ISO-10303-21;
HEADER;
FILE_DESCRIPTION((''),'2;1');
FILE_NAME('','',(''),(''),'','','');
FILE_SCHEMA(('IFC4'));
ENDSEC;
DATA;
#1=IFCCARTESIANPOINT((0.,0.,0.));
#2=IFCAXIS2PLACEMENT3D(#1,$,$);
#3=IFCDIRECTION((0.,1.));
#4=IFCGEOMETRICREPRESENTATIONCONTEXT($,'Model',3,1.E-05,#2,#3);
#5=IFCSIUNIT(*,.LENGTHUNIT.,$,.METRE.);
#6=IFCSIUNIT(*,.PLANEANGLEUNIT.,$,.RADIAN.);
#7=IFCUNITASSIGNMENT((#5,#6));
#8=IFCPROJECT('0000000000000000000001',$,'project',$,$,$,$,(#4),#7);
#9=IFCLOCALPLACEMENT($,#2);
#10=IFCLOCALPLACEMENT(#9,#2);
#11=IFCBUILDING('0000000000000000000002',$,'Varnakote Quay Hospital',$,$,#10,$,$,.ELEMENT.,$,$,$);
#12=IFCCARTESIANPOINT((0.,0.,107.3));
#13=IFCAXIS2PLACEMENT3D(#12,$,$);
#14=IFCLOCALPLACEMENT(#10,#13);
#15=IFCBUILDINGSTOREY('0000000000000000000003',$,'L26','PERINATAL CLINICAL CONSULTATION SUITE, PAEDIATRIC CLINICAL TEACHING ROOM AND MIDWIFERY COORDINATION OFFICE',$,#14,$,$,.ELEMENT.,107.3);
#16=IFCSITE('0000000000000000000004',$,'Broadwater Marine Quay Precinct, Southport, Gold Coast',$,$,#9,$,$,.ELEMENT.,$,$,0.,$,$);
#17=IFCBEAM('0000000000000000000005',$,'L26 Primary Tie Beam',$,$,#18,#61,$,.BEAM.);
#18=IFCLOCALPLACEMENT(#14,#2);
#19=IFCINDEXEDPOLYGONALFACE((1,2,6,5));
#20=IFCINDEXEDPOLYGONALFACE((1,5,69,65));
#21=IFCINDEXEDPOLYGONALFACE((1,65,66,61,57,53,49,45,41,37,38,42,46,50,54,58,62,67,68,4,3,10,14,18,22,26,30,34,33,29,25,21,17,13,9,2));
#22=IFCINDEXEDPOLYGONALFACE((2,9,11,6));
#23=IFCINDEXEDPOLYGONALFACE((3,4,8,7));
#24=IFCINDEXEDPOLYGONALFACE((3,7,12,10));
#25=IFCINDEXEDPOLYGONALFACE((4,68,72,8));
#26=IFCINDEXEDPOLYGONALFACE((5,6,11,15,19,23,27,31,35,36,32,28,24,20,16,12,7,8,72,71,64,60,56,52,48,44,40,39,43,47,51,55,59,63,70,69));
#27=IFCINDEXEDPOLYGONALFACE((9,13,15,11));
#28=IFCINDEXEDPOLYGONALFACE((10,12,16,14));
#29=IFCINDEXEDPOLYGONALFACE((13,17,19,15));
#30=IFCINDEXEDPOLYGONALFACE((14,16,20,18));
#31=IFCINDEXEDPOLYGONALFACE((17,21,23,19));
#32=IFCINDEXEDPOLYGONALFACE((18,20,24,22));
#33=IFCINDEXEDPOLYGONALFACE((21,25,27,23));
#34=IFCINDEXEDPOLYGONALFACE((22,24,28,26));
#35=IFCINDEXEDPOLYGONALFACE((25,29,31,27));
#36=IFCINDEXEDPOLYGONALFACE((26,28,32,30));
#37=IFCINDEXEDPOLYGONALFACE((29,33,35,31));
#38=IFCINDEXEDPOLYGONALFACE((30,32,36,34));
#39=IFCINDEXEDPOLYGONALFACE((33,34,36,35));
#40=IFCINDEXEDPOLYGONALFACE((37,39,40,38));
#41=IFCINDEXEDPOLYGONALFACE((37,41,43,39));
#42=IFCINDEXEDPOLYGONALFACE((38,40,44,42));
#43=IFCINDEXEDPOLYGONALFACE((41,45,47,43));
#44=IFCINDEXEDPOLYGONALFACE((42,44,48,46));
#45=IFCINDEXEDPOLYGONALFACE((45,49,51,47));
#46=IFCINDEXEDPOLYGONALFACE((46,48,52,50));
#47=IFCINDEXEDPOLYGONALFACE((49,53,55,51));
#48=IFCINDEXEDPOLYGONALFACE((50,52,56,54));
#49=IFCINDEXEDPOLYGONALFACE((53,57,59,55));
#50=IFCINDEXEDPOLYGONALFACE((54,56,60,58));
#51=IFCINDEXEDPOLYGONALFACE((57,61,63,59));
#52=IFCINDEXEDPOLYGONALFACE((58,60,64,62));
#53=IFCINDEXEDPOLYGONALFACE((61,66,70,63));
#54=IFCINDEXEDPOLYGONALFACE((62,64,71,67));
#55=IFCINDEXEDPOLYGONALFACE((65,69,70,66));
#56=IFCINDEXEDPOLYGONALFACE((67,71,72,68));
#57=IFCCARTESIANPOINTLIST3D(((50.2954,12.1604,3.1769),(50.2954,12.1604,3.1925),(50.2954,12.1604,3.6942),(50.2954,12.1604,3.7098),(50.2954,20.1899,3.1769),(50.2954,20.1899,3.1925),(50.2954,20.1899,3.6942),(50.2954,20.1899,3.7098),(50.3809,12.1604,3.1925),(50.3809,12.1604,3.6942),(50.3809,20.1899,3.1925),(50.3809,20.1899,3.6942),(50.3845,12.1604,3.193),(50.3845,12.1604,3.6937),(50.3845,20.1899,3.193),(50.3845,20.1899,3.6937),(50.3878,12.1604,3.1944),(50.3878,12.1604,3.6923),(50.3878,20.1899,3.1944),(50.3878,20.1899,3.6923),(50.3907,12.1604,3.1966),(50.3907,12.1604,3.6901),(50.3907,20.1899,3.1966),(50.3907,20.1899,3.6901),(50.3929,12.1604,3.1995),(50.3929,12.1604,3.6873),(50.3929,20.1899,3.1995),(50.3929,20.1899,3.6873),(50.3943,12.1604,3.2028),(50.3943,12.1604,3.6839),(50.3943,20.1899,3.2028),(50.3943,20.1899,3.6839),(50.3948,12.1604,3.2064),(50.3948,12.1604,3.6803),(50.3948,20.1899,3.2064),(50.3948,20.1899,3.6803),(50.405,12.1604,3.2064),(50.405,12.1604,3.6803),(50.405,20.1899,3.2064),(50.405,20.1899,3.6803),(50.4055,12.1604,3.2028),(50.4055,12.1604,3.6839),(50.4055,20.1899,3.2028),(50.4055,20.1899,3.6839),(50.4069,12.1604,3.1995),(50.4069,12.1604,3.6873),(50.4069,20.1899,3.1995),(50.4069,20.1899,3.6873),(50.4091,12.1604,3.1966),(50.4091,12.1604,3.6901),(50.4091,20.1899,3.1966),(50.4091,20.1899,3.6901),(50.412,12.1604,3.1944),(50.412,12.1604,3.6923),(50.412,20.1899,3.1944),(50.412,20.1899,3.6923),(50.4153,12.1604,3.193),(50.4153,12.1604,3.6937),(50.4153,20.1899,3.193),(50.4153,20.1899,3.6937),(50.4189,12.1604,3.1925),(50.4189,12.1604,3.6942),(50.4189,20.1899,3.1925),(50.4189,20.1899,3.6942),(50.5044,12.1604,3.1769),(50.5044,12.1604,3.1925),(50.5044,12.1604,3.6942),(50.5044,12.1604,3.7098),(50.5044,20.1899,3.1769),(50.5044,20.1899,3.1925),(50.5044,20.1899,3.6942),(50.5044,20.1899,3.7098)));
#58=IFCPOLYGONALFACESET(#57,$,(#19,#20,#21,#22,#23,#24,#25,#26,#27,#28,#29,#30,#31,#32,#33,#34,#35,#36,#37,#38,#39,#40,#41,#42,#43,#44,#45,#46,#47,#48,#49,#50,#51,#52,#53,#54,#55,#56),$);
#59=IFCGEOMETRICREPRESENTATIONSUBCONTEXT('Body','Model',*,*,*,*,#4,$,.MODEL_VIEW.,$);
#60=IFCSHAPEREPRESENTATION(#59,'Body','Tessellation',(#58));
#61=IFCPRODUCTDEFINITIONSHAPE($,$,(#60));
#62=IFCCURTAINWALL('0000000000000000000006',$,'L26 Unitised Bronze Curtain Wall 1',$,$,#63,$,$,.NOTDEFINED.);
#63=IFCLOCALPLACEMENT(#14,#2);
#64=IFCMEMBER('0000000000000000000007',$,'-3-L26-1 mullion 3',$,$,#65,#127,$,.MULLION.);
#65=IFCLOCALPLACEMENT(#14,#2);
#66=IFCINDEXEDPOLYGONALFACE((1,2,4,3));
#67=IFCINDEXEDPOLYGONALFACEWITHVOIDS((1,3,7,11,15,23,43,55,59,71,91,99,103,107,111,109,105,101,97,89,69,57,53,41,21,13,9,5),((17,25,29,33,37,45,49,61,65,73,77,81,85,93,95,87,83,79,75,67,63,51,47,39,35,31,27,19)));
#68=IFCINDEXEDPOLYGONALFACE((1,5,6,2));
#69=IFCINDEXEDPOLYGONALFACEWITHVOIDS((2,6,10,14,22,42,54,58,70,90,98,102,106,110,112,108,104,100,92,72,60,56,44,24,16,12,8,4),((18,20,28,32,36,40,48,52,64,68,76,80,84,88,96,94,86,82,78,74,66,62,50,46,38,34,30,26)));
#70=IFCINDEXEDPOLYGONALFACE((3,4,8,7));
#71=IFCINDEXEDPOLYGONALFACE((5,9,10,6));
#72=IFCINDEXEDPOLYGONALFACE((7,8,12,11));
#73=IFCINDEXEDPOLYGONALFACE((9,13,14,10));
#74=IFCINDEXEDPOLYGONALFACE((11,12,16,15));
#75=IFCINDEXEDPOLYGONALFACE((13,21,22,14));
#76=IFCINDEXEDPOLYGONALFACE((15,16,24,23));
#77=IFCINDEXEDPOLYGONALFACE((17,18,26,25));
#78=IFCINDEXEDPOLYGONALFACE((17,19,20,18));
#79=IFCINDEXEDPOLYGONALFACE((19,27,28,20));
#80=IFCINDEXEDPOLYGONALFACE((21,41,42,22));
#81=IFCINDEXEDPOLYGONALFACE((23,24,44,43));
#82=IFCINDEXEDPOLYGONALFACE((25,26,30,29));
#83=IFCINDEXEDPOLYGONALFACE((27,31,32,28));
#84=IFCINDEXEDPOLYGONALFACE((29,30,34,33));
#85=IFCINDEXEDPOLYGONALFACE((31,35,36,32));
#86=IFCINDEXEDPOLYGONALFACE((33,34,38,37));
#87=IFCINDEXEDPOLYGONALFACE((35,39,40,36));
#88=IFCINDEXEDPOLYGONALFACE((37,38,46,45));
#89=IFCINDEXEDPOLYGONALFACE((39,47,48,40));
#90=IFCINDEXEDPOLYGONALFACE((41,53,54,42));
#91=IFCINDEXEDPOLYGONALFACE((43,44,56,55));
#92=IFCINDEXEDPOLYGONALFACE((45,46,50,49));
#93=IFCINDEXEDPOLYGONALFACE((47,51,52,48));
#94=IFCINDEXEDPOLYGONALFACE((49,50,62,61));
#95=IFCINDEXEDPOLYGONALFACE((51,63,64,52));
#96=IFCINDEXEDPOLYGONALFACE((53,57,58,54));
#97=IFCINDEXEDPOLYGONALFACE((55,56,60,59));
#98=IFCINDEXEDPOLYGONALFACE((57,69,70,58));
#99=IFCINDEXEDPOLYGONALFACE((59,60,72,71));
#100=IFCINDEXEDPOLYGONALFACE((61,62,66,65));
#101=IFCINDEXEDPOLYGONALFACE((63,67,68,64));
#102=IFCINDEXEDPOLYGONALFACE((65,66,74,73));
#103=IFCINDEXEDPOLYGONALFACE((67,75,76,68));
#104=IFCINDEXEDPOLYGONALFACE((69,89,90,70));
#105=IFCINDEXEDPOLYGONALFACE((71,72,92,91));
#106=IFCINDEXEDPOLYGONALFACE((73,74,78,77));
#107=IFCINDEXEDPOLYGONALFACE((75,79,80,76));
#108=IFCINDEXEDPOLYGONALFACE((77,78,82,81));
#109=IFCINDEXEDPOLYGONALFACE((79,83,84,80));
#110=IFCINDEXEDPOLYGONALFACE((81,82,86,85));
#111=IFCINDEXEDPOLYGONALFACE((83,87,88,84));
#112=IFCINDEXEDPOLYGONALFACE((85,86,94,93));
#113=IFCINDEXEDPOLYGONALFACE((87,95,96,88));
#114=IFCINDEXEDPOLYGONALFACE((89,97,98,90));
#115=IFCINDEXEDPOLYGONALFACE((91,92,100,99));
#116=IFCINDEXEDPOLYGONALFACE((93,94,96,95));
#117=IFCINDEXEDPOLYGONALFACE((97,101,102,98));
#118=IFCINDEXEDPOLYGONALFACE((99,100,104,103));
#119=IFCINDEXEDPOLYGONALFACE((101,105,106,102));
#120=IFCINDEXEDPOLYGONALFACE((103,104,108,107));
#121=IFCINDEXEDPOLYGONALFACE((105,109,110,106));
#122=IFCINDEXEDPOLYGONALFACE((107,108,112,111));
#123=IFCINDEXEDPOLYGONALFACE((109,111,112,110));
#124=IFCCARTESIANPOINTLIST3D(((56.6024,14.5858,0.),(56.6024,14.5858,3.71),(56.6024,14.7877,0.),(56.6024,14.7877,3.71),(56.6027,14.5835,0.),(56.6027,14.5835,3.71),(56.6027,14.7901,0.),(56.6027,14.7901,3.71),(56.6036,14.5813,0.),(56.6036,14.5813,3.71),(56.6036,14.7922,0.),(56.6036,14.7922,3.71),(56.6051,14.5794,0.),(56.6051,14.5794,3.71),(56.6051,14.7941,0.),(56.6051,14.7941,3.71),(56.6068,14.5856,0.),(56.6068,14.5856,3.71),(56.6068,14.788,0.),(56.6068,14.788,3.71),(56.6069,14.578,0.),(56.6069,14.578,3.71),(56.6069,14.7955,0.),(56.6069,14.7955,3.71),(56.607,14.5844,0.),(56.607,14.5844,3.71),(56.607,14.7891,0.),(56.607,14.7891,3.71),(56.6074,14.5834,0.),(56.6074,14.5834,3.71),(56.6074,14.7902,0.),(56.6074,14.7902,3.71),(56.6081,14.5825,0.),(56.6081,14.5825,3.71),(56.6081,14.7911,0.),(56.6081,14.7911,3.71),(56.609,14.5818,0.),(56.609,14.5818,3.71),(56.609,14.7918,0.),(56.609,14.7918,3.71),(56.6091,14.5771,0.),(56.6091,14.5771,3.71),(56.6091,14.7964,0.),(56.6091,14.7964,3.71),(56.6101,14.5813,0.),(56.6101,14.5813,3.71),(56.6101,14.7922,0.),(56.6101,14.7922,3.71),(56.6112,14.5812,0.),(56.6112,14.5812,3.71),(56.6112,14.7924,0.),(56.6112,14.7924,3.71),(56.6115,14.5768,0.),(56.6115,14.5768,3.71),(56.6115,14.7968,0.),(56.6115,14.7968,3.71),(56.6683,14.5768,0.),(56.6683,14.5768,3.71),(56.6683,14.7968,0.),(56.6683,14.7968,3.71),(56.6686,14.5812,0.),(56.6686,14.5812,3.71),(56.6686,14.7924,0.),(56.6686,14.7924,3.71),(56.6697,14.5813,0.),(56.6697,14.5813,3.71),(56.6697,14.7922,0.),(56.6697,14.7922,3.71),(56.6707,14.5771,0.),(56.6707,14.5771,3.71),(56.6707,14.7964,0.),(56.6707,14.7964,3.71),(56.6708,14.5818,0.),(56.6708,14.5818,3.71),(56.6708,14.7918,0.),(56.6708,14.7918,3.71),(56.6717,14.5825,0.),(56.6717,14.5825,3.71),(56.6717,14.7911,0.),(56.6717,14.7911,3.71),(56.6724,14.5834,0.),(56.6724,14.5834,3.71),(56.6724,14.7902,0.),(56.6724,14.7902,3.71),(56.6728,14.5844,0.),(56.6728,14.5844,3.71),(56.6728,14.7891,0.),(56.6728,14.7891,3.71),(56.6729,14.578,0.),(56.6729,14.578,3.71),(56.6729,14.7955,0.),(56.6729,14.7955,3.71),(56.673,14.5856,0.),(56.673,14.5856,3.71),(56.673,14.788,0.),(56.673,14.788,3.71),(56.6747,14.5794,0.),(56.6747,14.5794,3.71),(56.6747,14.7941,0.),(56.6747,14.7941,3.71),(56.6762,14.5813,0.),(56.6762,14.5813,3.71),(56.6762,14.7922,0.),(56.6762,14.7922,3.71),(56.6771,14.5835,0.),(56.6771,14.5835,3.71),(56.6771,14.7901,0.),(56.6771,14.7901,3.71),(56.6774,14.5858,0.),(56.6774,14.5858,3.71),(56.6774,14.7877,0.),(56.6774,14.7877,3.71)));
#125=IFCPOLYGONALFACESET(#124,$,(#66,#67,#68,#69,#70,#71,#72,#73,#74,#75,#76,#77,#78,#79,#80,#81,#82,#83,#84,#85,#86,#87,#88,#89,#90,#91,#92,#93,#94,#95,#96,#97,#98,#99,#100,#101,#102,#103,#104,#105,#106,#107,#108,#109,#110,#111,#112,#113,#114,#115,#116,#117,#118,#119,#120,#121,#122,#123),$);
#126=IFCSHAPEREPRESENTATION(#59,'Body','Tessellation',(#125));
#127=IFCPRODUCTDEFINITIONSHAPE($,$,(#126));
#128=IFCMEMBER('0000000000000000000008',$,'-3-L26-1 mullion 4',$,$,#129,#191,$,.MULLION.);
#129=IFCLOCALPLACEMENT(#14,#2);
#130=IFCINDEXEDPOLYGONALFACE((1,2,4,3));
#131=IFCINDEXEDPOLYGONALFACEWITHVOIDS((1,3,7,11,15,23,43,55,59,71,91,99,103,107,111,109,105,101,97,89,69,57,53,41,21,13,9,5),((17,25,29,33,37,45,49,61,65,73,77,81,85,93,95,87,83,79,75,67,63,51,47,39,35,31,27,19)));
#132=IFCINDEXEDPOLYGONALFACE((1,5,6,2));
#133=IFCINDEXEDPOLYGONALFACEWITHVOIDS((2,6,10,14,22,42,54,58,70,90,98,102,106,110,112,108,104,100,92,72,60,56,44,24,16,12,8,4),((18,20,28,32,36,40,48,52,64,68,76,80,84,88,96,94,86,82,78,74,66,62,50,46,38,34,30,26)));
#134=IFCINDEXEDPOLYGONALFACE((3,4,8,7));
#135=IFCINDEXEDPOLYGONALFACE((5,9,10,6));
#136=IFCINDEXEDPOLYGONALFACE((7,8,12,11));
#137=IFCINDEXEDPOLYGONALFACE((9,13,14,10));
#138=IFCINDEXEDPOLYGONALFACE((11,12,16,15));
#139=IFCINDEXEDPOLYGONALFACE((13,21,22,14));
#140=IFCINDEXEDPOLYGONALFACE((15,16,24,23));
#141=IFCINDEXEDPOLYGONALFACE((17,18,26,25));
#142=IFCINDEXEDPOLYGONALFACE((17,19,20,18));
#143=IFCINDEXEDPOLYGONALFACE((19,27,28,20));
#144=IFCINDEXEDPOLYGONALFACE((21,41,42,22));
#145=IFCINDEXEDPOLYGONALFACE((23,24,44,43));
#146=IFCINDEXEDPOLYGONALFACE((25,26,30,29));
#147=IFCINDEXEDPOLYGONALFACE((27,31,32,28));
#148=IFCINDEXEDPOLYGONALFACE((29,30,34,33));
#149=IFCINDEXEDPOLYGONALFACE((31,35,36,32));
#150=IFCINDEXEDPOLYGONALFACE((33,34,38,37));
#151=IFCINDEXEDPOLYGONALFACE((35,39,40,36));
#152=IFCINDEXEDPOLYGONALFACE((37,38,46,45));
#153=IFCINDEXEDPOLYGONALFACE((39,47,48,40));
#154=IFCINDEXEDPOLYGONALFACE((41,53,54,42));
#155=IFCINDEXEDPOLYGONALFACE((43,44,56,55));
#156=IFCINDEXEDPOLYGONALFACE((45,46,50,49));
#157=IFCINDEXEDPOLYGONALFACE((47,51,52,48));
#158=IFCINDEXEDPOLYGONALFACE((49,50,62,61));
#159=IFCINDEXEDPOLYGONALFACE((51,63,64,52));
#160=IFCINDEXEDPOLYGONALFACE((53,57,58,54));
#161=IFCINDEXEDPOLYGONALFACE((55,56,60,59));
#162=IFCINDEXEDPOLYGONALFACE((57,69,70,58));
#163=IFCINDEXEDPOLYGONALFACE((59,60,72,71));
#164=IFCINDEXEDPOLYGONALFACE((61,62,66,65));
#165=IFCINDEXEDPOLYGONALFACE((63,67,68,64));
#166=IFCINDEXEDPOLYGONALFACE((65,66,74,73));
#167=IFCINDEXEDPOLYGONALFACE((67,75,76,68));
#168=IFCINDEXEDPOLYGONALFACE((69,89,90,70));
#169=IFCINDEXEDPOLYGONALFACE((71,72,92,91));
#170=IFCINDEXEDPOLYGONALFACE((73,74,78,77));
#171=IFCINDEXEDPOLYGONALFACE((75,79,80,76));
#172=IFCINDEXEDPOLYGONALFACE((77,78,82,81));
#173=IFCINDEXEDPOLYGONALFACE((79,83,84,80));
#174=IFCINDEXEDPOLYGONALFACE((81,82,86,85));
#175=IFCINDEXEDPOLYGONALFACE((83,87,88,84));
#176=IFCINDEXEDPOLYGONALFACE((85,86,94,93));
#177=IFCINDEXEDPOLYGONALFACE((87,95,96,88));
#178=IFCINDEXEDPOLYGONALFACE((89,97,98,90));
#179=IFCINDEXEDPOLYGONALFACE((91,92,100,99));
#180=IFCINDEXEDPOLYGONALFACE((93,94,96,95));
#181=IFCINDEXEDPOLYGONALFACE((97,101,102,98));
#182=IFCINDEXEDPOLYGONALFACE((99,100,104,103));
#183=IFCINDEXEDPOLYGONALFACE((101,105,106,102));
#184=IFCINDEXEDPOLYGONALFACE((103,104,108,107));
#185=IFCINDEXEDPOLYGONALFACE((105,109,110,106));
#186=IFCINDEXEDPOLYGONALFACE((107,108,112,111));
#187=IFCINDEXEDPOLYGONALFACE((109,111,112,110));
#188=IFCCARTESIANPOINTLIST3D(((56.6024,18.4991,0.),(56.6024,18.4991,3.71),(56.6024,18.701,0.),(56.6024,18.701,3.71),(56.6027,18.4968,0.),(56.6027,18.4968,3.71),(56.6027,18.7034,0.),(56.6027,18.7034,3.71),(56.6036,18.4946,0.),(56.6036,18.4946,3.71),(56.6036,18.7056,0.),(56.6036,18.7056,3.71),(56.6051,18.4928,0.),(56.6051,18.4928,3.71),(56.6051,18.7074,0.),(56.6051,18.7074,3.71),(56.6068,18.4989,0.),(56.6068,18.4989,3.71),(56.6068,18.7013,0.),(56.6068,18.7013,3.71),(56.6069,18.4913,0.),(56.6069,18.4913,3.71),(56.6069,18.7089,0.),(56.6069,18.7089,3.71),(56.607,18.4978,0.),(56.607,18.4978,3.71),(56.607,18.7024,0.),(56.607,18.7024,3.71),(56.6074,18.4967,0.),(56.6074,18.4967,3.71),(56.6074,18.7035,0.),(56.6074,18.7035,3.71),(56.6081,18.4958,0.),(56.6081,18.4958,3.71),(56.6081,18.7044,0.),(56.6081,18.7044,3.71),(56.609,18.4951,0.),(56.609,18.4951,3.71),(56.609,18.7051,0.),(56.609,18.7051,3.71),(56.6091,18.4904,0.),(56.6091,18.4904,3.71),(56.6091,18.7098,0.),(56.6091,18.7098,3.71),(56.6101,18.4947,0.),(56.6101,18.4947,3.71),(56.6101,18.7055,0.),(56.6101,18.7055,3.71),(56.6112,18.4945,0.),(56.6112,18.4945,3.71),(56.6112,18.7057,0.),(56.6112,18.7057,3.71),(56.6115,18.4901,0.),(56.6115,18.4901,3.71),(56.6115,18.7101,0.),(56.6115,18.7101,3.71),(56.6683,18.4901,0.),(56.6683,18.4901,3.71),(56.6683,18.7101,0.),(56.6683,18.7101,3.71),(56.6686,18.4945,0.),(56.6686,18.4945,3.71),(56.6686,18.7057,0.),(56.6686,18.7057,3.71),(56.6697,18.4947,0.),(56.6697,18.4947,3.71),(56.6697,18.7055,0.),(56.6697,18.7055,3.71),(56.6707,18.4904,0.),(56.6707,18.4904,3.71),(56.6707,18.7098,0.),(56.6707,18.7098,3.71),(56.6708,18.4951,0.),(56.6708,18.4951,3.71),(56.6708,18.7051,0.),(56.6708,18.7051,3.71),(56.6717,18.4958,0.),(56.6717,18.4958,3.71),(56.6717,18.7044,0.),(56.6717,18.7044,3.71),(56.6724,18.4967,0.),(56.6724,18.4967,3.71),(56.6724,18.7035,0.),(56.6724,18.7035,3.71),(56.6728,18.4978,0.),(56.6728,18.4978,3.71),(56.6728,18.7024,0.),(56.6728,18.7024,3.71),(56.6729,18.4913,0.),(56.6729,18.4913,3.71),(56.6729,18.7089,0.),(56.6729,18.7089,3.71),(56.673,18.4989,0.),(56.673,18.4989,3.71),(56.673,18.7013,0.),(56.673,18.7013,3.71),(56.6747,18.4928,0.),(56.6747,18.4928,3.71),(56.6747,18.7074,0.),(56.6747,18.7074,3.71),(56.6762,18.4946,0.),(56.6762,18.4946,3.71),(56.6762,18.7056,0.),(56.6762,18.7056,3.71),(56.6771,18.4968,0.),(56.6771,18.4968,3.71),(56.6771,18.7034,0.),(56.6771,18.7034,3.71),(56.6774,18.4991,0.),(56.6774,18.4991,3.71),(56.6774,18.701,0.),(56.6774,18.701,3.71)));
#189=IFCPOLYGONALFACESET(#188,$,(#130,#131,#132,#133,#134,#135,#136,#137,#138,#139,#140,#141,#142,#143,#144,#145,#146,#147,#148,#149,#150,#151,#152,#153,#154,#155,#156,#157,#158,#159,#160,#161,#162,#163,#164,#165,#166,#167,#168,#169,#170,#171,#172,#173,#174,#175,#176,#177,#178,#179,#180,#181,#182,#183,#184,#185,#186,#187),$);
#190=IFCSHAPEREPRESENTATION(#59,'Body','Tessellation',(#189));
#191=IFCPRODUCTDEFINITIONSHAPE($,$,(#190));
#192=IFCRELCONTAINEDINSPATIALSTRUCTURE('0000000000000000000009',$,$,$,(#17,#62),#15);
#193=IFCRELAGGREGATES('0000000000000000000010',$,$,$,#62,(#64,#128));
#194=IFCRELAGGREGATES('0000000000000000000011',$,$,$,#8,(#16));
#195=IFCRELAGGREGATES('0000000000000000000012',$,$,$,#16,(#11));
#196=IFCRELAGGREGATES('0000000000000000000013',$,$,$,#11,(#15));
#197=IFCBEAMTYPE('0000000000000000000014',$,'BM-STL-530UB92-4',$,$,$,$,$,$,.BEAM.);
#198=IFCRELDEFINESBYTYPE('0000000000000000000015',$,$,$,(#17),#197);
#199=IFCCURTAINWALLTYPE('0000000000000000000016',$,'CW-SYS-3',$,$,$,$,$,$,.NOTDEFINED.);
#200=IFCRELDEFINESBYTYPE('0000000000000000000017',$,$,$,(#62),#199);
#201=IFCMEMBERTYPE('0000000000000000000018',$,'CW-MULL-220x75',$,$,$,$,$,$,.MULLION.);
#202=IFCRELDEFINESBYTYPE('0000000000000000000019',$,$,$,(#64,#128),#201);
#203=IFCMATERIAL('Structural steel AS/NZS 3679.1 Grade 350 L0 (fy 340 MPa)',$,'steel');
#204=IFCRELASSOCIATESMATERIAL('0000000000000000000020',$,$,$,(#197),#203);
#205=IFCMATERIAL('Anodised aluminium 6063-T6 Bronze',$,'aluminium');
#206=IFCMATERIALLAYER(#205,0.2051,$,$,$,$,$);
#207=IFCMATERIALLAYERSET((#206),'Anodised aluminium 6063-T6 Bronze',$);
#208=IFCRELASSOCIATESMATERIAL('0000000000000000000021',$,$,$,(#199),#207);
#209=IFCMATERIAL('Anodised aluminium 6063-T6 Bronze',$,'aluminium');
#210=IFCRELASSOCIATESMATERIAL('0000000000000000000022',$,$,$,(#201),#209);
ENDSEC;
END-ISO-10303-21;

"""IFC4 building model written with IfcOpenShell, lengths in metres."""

from ifc_helpers import new_model, si_unit, direction, frame, origin, origin_2d, place, context, subcontext, project, spatial, hollow_rectangle, i_section, extrude, material, layer, layer_set, material_profile, profile_set, type_object, element, aggregate, save


model = new_model("IFC4")

# Units and contexts
model_context = context("Model", 3, precision=1e-05, world=origin(), true_north=direction((0.0, 1.0)))
body_context = subcontext(model_context, "Body", "Model", "MODEL_VIEW")
ifc_project = project(units=[si_unit("LENGTHUNIT", "METRE"), si_unit("PLANEANGLEUNIT", "RADIAN")], contexts=[model_context])

# Site, building, storey
site_placement = place(None, origin())
site = spatial("IfcSite", under=ifc_project, at=site_placement, Name="Broadwater Marine Quay Precinct, Southport, Gold Coast", CompositionType="ELEMENT", RefElevation=0.0)
building_placement = place(site_placement, origin())
building = spatial("IfcBuilding", under=site, at=building_placement, Name="Varnakote Quay Hospital", CompositionType="ELEMENT")
storey_placement = place(building_placement, frame((0.0, 0.0, 107.3)))
storey = spatial("IfcBuildingStorey", under=building, at=storey_placement, Name="L26", Description="PERINATAL CLINICAL CONSULTATION SUITE, PAEDIATRIC CLINICAL TEACHING ROOM AND MIDWIFERY COORDINATION OFFICE", CompositionType="ELEMENT", Elevation=107.3)

# Beam
ifc_material_1 = material(Name="Structural steel AS/NZS 3679.1 Grade 350 L0 (fy 340 MPa)", Category="steel")
ifc_material_profile_1 = material_profile(ifc_material_1, i_section(OverallWidth=0.209, OverallDepth=0.533, WebThickness=0.0103, FlangeThickness=0.0156, FilletRadius=0.0139, at=origin_2d()), Name="530UB92.4")
ifc_profile_set_1 = profile_set([ifc_material_profile_1], Name="Structural steel AS/NZS 3679.1 Grade 350 L0 (fy 340 MPa)")
beam_type = type_object("IfcBeamType", Name="BM-STL-530UB92-4", PredefinedType="BEAM", material=ifc_profile_set_1)
beam_placement = place(storey_placement, frame((50.3999, 12.1604, 3.4434), z_axis=(0.0, 1.0, 0.0), x_axis=(-1.0, 0.0, 0.0)))
element("IfcBeam", 1, at=beam_placement, inside=storey, type_object=beam_type, Name="L26 Primary Tie Beam", PredefinedType="BEAM", context=body_context, shape_type="SweptSolid", body=[
    extrude(i_section(OverallWidth=0.209, OverallDepth=0.533, WebThickness=0.0103, FlangeThickness=0.0156, FilletRadius=0.0139, at=origin_2d()), origin(), (0.0, 0.0, 1.0), 8.0295),
])

# Curtain wall, members
ifc_material_2 = material(Name="Anodised aluminium 6063-T6 Bronze", Category="aluminium")
ifc_layer_1 = layer(ifc_material_2, 0.2051)
ifc_layer_set_1 = layer_set([ifc_layer_1], Name="Anodised aluminium 6063-T6 Bronze")
curtain_wall_type = type_object("IfcCurtainWallType", Name="CW-SYS-3", PredefinedType="NOTDEFINED", material=ifc_layer_set_1)
curtain_wall_placement = place(storey_placement, origin())
curtain_wall = element("IfcCurtainWall", 2, at=curtain_wall_placement, inside=storey, type_object=curtain_wall_type, Name="L26 Unitised Bronze Curtain Wall 1", PredefinedType="NOTDEFINED")
ifc_material_3 = material(Name="Anodised aluminium 6063-T6 Bronze", Category="aluminium")
ifc_material_profile_2 = material_profile(ifc_material_3, hollow_rectangle(XDim=0.075, YDim=0.22, WallThickness=0.0044, InnerFilletRadius=0.0044, OuterFilletRadius=0.009, at=origin_2d()), Name="CW-MULL-220x75")
ifc_profile_set_2 = profile_set([ifc_material_profile_2], Name="Anodised aluminium 6063-T6 Bronze")
member_type_1 = type_object("IfcMemberType", Name="CW-MULL-220x75", PredefinedType="MULLION", material=ifc_profile_set_2)
member_1_placement = place(storey_placement, frame((56.6399, 14.6868, 0.0), z_axis=(0.0, 0.0, 1.0), x_axis=(-1.0, 0.0, 0.0)))
member_1 = element("IfcMember", 3, at=member_1_placement, type_object=member_type_1, Name="-3-L26-1 mullion 3", PredefinedType="MULLION", context=body_context, shape_type="SweptSolid", body=[
    extrude(hollow_rectangle(XDim=0.075, YDim=0.22, WallThickness=0.0044, InnerFilletRadius=0.0044, OuterFilletRadius=0.009, at=origin_2d()), origin(), (0.0, 0.0, 1.0), 3.71),
])
member_2_placement = place(storey_placement, frame((56.6399, 18.6001, 0.0), z_axis=(0.0, 0.0, 1.0), x_axis=(-1.0, 0.0, 0.0)))
member_2 = element("IfcMember", 4, at=member_2_placement, type_object=member_type_1, Name="-3-L26-1 mullion 4", PredefinedType="MULLION", context=body_context, shape_type="SweptSolid", body=[
    extrude(hollow_rectangle(XDim=0.075, YDim=0.22, WallThickness=0.0044, InnerFilletRadius=0.0044, OuterFilletRadius=0.009, at=origin_2d()), origin(), (0.0, 0.0, 1.0), 3.71),
])
aggregate(curtain_wall, [member_1, member_2])

save(model, "model.ifc")
